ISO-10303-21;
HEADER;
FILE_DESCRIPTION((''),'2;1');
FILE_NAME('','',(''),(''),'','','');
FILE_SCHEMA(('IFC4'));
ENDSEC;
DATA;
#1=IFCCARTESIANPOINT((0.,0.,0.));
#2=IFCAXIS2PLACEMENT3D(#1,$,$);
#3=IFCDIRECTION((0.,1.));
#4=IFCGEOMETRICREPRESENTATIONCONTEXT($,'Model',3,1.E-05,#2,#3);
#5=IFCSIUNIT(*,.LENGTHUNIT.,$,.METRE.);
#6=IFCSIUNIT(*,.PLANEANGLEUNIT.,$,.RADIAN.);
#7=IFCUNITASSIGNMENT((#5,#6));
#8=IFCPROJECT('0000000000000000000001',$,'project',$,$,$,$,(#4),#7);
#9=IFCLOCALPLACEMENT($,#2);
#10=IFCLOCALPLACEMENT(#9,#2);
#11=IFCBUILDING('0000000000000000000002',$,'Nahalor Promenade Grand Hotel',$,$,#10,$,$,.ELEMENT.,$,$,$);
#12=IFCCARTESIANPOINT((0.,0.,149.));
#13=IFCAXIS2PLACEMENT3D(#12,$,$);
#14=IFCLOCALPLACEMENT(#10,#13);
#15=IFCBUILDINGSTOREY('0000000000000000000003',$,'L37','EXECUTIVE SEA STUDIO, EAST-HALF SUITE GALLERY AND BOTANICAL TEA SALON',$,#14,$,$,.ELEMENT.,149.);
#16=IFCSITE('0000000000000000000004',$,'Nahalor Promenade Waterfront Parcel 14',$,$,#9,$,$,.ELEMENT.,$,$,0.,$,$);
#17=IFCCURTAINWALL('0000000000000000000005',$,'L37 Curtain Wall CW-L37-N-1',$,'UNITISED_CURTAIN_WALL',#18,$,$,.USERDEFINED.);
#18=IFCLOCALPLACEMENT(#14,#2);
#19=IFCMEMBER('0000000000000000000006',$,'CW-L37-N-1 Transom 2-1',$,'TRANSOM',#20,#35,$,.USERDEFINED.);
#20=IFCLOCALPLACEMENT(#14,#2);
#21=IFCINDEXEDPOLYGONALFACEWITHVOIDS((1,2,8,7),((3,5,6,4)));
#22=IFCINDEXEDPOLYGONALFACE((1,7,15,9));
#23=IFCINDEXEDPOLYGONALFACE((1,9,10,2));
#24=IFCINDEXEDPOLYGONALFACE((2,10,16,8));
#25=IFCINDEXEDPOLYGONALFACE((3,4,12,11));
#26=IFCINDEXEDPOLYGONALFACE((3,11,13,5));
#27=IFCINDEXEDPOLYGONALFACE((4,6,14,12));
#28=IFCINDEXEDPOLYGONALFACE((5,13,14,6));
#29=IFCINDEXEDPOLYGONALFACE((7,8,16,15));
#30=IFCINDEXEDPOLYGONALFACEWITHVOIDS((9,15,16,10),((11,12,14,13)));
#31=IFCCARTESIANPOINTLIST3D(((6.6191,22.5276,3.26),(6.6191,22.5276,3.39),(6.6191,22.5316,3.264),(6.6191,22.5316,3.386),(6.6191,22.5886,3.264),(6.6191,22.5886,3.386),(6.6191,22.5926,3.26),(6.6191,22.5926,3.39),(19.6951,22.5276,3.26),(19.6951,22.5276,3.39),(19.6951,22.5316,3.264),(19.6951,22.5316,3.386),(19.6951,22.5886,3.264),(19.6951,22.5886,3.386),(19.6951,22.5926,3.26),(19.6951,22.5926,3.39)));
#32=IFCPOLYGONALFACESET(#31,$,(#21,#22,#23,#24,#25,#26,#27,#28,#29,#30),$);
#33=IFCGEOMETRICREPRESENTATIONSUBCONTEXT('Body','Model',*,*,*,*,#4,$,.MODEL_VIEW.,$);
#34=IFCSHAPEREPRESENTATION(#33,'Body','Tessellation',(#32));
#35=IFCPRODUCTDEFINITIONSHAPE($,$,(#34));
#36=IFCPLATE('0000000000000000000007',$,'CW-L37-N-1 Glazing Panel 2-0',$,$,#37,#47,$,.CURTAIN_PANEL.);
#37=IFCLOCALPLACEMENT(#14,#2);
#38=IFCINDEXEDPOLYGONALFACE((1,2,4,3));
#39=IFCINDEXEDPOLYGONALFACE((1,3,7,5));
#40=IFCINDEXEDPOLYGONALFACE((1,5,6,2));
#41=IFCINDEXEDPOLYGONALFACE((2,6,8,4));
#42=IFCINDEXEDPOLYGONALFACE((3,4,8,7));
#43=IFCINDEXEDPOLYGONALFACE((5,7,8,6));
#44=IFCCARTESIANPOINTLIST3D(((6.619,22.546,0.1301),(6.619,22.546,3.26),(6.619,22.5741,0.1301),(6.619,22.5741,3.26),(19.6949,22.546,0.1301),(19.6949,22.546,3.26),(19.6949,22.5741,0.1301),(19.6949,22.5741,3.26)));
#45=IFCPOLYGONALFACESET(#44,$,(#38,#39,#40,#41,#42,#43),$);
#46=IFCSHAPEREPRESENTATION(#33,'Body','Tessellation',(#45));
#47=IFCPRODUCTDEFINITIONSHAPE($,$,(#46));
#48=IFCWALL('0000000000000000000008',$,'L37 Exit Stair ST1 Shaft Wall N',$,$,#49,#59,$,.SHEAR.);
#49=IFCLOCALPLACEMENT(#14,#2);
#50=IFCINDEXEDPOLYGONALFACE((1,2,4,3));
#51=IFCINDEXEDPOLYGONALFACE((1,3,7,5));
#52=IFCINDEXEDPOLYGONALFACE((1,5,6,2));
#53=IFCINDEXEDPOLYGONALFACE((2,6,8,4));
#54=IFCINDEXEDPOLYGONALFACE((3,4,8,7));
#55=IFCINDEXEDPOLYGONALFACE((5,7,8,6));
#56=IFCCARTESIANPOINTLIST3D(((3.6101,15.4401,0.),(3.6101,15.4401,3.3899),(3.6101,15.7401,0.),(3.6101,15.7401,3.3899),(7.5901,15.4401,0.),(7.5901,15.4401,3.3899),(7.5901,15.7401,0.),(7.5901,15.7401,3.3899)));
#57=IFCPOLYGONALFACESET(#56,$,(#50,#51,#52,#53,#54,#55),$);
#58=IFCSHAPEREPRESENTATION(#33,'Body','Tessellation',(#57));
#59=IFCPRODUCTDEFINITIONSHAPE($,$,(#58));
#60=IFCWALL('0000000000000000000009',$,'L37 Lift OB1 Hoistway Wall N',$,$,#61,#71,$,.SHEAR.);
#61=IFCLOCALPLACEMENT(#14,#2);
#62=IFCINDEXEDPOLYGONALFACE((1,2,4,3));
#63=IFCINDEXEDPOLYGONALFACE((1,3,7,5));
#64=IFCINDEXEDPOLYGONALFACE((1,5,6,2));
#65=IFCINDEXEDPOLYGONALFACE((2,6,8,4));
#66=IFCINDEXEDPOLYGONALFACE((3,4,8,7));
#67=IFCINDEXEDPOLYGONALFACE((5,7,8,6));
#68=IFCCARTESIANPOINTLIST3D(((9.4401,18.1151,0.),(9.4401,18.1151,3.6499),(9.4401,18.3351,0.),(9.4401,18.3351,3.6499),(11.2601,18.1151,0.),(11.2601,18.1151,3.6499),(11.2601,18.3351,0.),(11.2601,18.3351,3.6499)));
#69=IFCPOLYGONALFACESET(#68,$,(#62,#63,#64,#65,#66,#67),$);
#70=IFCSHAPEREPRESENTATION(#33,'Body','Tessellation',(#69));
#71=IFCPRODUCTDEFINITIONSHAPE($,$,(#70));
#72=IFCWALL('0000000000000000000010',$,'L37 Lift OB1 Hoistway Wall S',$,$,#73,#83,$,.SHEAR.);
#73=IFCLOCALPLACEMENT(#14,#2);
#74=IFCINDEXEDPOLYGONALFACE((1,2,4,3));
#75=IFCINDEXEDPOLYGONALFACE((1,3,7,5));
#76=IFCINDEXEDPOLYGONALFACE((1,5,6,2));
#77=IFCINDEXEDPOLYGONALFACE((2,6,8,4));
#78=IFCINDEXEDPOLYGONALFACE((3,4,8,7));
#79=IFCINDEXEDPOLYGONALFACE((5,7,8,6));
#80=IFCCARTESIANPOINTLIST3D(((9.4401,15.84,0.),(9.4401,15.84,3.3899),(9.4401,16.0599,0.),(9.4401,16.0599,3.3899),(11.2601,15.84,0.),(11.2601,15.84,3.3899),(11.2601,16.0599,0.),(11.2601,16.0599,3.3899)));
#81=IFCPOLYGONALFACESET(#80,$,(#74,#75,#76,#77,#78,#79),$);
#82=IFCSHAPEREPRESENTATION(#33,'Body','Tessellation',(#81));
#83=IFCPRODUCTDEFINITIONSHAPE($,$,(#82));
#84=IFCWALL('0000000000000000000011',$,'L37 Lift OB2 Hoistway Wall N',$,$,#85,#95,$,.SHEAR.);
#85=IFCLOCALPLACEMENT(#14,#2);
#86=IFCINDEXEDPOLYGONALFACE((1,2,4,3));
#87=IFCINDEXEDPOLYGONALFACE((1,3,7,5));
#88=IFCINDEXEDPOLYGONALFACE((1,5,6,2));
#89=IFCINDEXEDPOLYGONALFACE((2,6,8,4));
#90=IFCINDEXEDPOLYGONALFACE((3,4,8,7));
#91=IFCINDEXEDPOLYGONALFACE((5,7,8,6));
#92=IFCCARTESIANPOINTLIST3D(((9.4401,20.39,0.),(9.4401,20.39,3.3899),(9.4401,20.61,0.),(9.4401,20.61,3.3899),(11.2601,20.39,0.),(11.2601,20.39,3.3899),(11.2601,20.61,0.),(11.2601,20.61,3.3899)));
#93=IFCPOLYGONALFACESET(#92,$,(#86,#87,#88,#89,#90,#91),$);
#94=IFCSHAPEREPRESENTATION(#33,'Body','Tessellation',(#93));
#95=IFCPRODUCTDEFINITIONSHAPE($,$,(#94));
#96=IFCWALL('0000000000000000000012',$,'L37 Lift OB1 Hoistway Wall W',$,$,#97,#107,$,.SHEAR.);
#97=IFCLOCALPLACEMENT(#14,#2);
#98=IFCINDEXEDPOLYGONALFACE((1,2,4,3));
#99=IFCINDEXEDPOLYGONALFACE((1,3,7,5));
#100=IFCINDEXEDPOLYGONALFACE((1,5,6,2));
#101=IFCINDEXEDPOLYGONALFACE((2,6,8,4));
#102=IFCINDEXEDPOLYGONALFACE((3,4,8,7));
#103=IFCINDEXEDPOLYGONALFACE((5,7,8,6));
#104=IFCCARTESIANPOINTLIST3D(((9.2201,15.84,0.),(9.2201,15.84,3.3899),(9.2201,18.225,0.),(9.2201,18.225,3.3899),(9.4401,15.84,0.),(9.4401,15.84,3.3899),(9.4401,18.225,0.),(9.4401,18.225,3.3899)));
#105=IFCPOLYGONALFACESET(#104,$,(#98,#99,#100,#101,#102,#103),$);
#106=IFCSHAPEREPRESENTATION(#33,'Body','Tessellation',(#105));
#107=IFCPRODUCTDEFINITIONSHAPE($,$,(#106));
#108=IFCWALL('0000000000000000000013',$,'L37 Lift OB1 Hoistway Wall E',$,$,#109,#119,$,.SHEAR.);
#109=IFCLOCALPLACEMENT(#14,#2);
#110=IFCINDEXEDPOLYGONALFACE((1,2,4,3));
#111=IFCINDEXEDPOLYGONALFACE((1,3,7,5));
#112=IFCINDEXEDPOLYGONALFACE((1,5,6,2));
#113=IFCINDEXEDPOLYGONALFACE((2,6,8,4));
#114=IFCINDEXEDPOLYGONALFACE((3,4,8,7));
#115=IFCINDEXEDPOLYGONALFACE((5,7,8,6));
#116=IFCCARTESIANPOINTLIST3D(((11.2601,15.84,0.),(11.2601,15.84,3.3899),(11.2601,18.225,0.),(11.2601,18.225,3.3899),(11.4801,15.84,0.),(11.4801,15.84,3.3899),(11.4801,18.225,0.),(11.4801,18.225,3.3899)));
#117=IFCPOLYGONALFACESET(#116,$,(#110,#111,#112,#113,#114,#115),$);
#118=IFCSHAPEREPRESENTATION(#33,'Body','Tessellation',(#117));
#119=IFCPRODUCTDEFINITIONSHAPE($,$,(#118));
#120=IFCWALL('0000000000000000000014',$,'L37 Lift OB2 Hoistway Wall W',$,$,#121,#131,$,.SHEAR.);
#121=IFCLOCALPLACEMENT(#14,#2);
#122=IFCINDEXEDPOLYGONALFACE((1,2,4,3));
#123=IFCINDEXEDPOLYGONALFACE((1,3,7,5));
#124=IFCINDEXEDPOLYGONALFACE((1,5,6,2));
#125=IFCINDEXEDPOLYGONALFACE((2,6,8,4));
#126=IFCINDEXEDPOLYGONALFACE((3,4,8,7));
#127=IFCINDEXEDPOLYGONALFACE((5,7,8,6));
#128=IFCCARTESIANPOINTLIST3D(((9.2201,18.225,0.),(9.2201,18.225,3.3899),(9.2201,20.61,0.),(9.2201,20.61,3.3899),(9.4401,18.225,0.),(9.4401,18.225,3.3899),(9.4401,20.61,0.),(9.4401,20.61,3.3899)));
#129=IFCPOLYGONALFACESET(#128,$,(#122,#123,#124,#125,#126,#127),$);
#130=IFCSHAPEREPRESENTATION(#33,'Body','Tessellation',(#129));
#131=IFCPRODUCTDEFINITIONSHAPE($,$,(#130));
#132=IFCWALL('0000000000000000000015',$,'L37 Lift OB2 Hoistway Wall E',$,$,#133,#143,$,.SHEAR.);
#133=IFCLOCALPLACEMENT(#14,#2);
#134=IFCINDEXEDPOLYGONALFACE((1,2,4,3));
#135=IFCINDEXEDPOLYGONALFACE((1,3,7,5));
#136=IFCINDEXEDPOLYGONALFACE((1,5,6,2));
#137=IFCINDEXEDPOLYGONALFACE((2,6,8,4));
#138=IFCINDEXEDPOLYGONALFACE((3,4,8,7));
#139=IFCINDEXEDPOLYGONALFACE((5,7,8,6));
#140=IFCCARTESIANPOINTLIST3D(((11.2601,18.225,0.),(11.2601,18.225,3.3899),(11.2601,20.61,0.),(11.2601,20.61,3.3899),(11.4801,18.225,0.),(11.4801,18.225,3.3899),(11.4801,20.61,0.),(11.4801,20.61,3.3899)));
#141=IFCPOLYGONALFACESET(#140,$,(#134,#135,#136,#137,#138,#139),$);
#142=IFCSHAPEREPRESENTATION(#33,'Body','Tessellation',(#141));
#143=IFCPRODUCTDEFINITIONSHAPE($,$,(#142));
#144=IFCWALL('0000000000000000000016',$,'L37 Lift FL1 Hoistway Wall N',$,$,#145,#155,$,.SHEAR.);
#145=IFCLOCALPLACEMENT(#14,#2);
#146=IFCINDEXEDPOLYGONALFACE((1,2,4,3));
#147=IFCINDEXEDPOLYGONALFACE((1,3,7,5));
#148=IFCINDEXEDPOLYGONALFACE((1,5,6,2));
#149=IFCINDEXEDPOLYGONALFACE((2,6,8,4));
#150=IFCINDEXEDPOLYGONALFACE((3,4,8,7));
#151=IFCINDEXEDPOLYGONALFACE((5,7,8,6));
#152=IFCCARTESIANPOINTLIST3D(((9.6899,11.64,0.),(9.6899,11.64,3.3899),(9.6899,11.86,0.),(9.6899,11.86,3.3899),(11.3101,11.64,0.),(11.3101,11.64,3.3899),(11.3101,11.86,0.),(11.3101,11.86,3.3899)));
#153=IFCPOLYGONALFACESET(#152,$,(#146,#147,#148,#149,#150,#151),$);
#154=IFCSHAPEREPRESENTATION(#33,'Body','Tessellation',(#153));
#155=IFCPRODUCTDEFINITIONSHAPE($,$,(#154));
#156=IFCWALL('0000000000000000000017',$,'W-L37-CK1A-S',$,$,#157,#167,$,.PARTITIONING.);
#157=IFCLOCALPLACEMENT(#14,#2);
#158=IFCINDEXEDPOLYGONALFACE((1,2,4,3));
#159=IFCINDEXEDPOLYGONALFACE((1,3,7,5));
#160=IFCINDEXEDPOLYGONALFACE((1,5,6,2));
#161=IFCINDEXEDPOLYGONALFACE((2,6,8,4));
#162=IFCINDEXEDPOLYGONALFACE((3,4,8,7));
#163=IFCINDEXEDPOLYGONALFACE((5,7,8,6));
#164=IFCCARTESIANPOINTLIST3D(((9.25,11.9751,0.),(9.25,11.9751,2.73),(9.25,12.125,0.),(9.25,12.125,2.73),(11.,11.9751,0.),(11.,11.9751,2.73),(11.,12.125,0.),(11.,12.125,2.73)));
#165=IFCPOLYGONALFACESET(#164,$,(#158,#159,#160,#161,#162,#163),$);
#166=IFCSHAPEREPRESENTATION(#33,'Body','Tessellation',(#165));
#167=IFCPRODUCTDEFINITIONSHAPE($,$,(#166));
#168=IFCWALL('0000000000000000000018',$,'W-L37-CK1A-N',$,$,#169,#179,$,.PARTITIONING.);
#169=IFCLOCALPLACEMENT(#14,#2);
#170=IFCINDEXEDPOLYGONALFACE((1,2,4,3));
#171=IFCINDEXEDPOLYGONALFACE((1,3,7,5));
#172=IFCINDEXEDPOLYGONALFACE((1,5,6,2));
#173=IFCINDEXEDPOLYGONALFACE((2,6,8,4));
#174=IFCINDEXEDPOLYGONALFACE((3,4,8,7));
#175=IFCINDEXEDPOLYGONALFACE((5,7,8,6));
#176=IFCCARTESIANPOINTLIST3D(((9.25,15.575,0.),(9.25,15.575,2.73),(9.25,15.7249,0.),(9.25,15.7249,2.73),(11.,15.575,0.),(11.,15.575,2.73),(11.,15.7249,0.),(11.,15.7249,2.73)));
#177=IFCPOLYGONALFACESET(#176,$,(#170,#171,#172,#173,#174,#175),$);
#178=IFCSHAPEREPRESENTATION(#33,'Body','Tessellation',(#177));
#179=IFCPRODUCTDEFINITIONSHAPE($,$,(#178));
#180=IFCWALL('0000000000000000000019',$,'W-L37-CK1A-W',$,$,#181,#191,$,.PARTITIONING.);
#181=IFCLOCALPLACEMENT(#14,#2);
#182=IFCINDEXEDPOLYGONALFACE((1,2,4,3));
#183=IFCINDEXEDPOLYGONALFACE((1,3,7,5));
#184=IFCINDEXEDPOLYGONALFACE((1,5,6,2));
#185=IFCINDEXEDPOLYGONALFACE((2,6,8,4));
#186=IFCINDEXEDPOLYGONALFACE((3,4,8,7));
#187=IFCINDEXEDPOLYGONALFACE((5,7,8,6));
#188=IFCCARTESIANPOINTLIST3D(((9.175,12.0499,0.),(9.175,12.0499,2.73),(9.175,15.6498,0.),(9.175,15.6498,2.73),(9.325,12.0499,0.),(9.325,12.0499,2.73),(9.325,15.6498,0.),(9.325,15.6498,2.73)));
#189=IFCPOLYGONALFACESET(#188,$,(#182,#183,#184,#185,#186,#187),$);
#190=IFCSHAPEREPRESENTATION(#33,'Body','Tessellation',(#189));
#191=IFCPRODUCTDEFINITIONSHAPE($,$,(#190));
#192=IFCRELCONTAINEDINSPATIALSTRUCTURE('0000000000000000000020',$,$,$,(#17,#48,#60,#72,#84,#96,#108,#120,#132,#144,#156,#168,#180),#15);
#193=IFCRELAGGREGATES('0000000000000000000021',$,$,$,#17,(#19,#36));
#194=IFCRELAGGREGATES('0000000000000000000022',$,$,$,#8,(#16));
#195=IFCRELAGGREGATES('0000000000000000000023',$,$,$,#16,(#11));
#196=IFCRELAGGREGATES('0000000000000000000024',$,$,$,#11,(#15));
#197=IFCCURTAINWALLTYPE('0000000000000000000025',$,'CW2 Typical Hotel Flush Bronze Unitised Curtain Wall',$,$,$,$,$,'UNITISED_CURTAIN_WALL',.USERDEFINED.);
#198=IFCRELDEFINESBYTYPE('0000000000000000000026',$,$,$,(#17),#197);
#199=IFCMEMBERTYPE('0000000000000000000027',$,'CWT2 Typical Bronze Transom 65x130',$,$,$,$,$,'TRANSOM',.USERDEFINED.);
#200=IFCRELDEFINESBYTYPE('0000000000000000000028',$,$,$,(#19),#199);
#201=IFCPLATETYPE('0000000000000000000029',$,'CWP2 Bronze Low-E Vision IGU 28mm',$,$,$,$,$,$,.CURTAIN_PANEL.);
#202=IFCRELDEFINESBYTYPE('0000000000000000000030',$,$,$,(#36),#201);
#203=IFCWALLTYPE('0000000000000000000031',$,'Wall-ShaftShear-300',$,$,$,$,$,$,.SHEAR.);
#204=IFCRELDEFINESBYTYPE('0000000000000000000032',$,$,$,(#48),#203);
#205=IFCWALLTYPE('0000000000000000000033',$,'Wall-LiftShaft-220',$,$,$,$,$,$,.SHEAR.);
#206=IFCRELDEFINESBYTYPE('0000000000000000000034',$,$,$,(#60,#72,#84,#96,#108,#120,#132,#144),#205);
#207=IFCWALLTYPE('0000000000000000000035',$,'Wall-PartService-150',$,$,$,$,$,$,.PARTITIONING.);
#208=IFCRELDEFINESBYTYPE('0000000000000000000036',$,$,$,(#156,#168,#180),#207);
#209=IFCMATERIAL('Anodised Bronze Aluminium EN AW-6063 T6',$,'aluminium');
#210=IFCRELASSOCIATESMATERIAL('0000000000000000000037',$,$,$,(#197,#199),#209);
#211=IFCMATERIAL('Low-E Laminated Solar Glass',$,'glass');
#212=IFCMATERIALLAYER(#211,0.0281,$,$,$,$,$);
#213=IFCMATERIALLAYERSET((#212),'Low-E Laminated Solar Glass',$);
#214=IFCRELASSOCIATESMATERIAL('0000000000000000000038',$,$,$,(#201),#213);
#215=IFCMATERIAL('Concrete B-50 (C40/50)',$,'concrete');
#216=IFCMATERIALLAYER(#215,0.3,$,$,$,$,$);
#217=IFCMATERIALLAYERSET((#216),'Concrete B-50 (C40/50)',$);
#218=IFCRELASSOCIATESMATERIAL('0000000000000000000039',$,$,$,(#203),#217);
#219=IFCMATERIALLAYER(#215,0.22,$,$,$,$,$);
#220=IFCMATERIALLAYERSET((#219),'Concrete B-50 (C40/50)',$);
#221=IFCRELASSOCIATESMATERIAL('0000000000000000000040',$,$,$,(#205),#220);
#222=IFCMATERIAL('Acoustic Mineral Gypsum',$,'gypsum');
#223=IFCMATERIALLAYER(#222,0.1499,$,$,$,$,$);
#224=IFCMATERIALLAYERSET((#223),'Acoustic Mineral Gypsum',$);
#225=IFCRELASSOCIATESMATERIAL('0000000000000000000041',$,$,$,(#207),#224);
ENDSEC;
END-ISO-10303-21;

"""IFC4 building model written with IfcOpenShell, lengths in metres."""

from ifc_helpers import new_model, si_unit, direction, frame, frame_2d, origin, origin_2d, place, context, subcontext, project, spatial, rectangle, hollow_rectangle, extrude, source, transform, mapped, material, layer, layer_set, material_profile, profile_set, type_object, element, aggregate, save


model = new_model("IFC4")

# Units and contexts
model_context = context("Model", 3, precision=1e-05, world=origin(), true_north=direction((0.0, 1.0)))
body_context = subcontext(model_context, "Body", "Model", "MODEL_VIEW")
ifc_project = project(units=[si_unit("LENGTHUNIT", "METRE"), si_unit("PLANEANGLEUNIT", "RADIAN")], contexts=[model_context])

# Site, building, storey
site_placement = place(None, origin())
site = spatial("IfcSite", under=ifc_project, at=site_placement, Name="Nahalor Promenade Waterfront Parcel 14", CompositionType="ELEMENT", RefElevation=0.0)
building_placement = place(site_placement, origin())
building = spatial("IfcBuilding", under=site, at=building_placement, Name="Nahalor Promenade Grand Hotel", CompositionType="ELEMENT")
storey_placement = place(building_placement, frame((0.0, 0.0, 149.0)))
storey = spatial("IfcBuildingStorey", under=building, at=storey_placement, Name="L37", Description="EXECUTIVE SEA STUDIO, EAST-HALF SUITE GALLERY AND BOTANICAL TEA SALON", CompositionType="ELEMENT", Elevation=149.0)

# Curtain wall, member, plate
ifc_material_1 = material(Name="Anodised Bronze Aluminium EN AW-6063 T6", Category="aluminium")
curtain_wall_type = type_object("IfcCurtainWallType", Name="CW2 Typical Hotel Flush Bronze Unitised Curtain Wall", ElementType="UNITISED_CURTAIN_WALL", PredefinedType="USERDEFINED", material=ifc_material_1)
curtain_wall_placement = place(storey_placement, origin())
curtain_wall = element("IfcCurtainWall", 1, at=curtain_wall_placement, inside=storey, type_object=curtain_wall_type, Name="L37 Curtain Wall CW-L37-N-1", ObjectType="UNITISED_CURTAIN_WALL", PredefinedType="USERDEFINED")
ifc_material_profile_1 = material_profile(ifc_material_1, hollow_rectangle(XDim=0.065, YDim=0.13, WallThickness=0.004, at=origin_2d()), Name="CWT 65x130x4")
ifc_profile_set_1 = profile_set([ifc_material_profile_1], Name="Anodised Bronze Aluminium EN AW-6063 T6")
member_type_1 = type_object("IfcMemberType", Name="CWT2 Typical Bronze Transom 65x130", ElementType="TRANSOM", PredefinedType="USERDEFINED", material=ifc_profile_set_1)
shared_shape_1 = source(origin(), body_context, "Body", "SweptSolid", [
    extrude(hollow_rectangle(XDim=0.065, YDim=0.13, WallThickness=0.004, at=origin_2d()), origin(), (0.0, 0.0, 1.0), 13.0759),
])
member_1_placement = place(storey_placement, frame((6.6191, 22.5601, 3.325), z_axis=(1.0, 0.0, 0.0), x_axis=(0.0, 1.0, 0.0)))
member_1 = element("IfcMember", 2, at=member_1_placement, type_object=member_type_1, Name="CW-L37-N-1 Transom 2-1", ObjectType="TRANSOM", PredefinedType="USERDEFINED", context=body_context, shape_type="MappedRepresentation", body=[
    mapped(shared_shape_1, transform((0.0, 0.0, 0.0), scale=1.0)),
])
ifc_material_2 = material(Name="Low-E Laminated Solar Glass", Category="glass")
ifc_layer_1 = layer(ifc_material_2, 0.0281)
ifc_layer_set_1 = layer_set([ifc_layer_1], Name="Low-E Laminated Solar Glass")
plate_type = type_object("IfcPlateType", Name="CWP2 Bronze Low-E Vision IGU 28mm", PredefinedType="CURTAIN_PANEL", material=ifc_layer_set_1)
shared_shape_2 = source(origin(), body_context, "Body", "SweptSolid", [
    extrude(rectangle(XDim=13.0759, YDim=0.0281, at=origin_2d()), origin(), (0.0, 0.0, 1.0), 3.1299),
])
plate_placement = place(storey_placement, frame((13.157, 22.5601, 0.1301), z_axis=(0.0, 0.0, 1.0), x_axis=(1.0, 0.0, 0.0)))
plate = element("IfcPlate", 3, at=plate_placement, type_object=plate_type, Name="CW-L37-N-1 Glazing Panel 2-0", PredefinedType="CURTAIN_PANEL", context=body_context, shape_type="MappedRepresentation", body=[
    mapped(shared_shape_2, transform((0.0, 0.0, 0.0), scale=1.0)),
])
aggregate(curtain_wall, [member_1, plate])

# Walls
ifc_material_3 = material(Name="Concrete B-50 (C40/50)", Category="concrete")
ifc_layer_2 = layer(ifc_material_3, 0.3)
ifc_layer_set_2 = layer_set([ifc_layer_2], Name="Concrete B-50 (C40/50)")
wall_type_1 = type_object("IfcWallType", Name="Wall-ShaftShear-300", PredefinedType="SHEAR", material=ifc_layer_set_2)
shared_shape_3 = source(origin(), body_context, "Body", "SweptSolid", [
    extrude(rectangle(XDim=3.98, YDim=0.3, at=frame_2d((1.99, 0.0))), origin(), (0.0, 0.0, 1.0), 3.3899),
])
wall_1_placement = place(storey_placement, frame((3.6101, 15.5901, 0.0), z_axis=(0.0, 0.0, 1.0), x_axis=(1.0, 0.0, 0.0)))
element("IfcWall", 4, at=wall_1_placement, inside=storey, type_object=wall_type_1, Name="L37 Exit Stair ST1 Shaft Wall N", PredefinedType="SHEAR", context=body_context, shape_type="MappedRepresentation", body=[
    mapped(shared_shape_3, transform((0.0, 0.0, 0.0), scale=1.0)),
])
ifc_layer_3 = layer(ifc_material_3, 0.22)
ifc_layer_set_3 = layer_set([ifc_layer_3], Name="Concrete B-50 (C40/50)")
wall_type_2 = type_object("IfcWallType", Name="Wall-LiftShaft-220", PredefinedType="SHEAR", material=ifc_layer_set_3)
shared_shape_4 = source(origin(), body_context, "Body", "SweptSolid", [
    extrude(rectangle(XDim=1.8201, YDim=0.22, at=frame_2d((0.9102, 0.0))), origin(), (0.0, 0.0, 1.0), 3.6499),
])
wall_2_placement = place(storey_placement, frame((9.4399, 18.2251, 0.0), z_axis=(0.0, 0.0, 1.0), x_axis=(1.0, 0.0, 0.0)))
element("IfcWall", 5, at=wall_2_placement, inside=storey, type_object=wall_type_2, Name="L37 Lift OB1 Hoistway Wall N", PredefinedType="SHEAR", context=body_context, shape_type="MappedRepresentation", body=[
    mapped(shared_shape_4, transform((0.0, 0.0, 0.0), scale=1.0)),
])
shared_shape_5 = source(origin(), body_context, "Body", "SweptSolid", [
    extrude(rectangle(XDim=1.8201, YDim=0.22, at=frame_2d((0.9102, 0.0))), origin(), (0.0, 0.0, 1.0), 3.3899),
])
for number, where, z_axis, x_axis, name in (
    (6, (9.4399, 15.95, 0.0), (0.0, 0.0, 1.0), (1.0, 0.0, 0.0), "L37 Lift OB1 Hoistway Wall S"),
    (7, (9.4399, 20.5, 0.0), (0.0, 0.0, 1.0), (1.0, 0.0, 0.0), "L37 Lift OB2 Hoistway Wall N"),
):
    element("IfcWall", number, at=place(storey_placement, frame(where, z_axis=z_axis, x_axis=x_axis)), inside=storey, type_object=wall_type_2, Name=name, PredefinedType="SHEAR", context=body_context, shape_type="MappedRepresentation", body=[
        mapped(shared_shape_5, transform((0.0, 0.0, 0.0), scale=1.0)),
    ])
shared_shape_6 = source(origin(), body_context, "Body", "SweptSolid", [
    extrude(rectangle(XDim=2.385, YDim=0.22, at=frame_2d((1.1924, 0.0))), origin(), (0.0, 0.0, 1.0), 3.3899),
])
for number, where, z_axis, x_axis, name in (
    (8, (9.3301, 15.8401, 0.0), (0.0, 0.0, 1.0), (0.0, 1.0, 0.0), "L37 Lift OB1 Hoistway Wall W"),
    (9, (11.3701, 15.8401, 0.0), (0.0, 0.0, 1.0), (0.0, 1.0, 0.0), "L37 Lift OB1 Hoistway Wall E"),
    (10, (9.3301, 18.2251, 0.0), (0.0, 0.0, 1.0), (0.0, 1.0, 0.0), "L37 Lift OB2 Hoistway Wall W"),
    (11, (11.3701, 18.2251, 0.0), (0.0, 0.0, 1.0), (0.0, 1.0, 0.0), "L37 Lift OB2 Hoistway Wall E"),
):
    element("IfcWall", number, at=place(storey_placement, frame(where, z_axis=z_axis, x_axis=x_axis)), inside=storey, type_object=wall_type_2, Name=name, PredefinedType="SHEAR", context=body_context, shape_type="MappedRepresentation", body=[
        mapped(shared_shape_6, transform((0.0, 0.0, 0.0), scale=1.0)),
    ])
shared_shape_7 = source(origin(), body_context, "Body", "SweptSolid", [
    extrude(rectangle(XDim=1.6201, YDim=0.22, at=frame_2d((0.8101, 0.0))), origin(), (0.0, 0.0, 1.0), 3.3899),
])
wall_3_placement = place(storey_placement, frame((9.6899, 11.75, 0.0), z_axis=(0.0, 0.0, 1.0), x_axis=(1.0, 0.0, 0.0)))
element("IfcWall", 12, at=wall_3_placement, inside=storey, type_object=wall_type_2, Name="L37 Lift FL1 Hoistway Wall N", PredefinedType="SHEAR", context=body_context, shape_type="MappedRepresentation", body=[
    mapped(shared_shape_7, transform((0.0, 0.0, 0.0), scale=1.0)),
])
ifc_material_4 = material(Name="Acoustic Mineral Gypsum", Category="gypsum")
ifc_layer_4 = layer(ifc_material_4, 0.1499)
ifc_layer_set_4 = layer_set([ifc_layer_4], Name="Acoustic Mineral Gypsum")
wall_type_3 = type_object("IfcWallType", Name="Wall-PartService-150", PredefinedType="PARTITIONING", material=ifc_layer_set_4)
shared_shape_8 = source(origin(), body_context, "Body", "SweptSolid", [
    extrude(rectangle(XDim=1.75, YDim=0.1499, at=frame_2d((0.875, 0.0))), origin(), (0.0, 0.0, 1.0), 2.73),
])
for number, where, z_axis, x_axis, name in (
    (13, (9.25, 12.05, 0.0), (0.0, 0.0, 1.0), (1.0, 0.0, 0.0), "W-L37-CK1A-S"),
    (14, (9.25, 15.6499, 0.0), (0.0, 0.0, 1.0), (1.0, 0.0, 0.0), "W-L37-CK1A-N"),
):
    element("IfcWall", number, at=place(storey_placement, frame(where, z_axis=z_axis, x_axis=x_axis)), inside=storey, type_object=wall_type_3, Name=name, PredefinedType="PARTITIONING", context=body_context, shape_type="MappedRepresentation", body=[
        mapped(shared_shape_8, transform((0.0, 0.0, 0.0), scale=1.0)),
    ])
shared_shape_9 = source(origin(), body_context, "Body", "SweptSolid", [
    extrude(rectangle(XDim=3.5999, YDim=0.1499, at=frame_2d((1.7998, 0.0))), origin(), (0.0, 0.0, 1.0), 2.73),
])
wall_4_placement = place(storey_placement, frame((9.25, 12.05, 0.0), z_axis=(0.0, 0.0, 1.0), x_axis=(0.0, 1.0, 0.0)))
element("IfcWall", 15, at=wall_4_placement, inside=storey, type_object=wall_type_3, Name="W-L37-CK1A-W", PredefinedType="PARTITIONING", context=body_context, shape_type="MappedRepresentation", body=[
    mapped(shared_shape_9, transform((0.0, 0.0, 0.0), scale=1.0)),
])

save(model, "model.ifc")
